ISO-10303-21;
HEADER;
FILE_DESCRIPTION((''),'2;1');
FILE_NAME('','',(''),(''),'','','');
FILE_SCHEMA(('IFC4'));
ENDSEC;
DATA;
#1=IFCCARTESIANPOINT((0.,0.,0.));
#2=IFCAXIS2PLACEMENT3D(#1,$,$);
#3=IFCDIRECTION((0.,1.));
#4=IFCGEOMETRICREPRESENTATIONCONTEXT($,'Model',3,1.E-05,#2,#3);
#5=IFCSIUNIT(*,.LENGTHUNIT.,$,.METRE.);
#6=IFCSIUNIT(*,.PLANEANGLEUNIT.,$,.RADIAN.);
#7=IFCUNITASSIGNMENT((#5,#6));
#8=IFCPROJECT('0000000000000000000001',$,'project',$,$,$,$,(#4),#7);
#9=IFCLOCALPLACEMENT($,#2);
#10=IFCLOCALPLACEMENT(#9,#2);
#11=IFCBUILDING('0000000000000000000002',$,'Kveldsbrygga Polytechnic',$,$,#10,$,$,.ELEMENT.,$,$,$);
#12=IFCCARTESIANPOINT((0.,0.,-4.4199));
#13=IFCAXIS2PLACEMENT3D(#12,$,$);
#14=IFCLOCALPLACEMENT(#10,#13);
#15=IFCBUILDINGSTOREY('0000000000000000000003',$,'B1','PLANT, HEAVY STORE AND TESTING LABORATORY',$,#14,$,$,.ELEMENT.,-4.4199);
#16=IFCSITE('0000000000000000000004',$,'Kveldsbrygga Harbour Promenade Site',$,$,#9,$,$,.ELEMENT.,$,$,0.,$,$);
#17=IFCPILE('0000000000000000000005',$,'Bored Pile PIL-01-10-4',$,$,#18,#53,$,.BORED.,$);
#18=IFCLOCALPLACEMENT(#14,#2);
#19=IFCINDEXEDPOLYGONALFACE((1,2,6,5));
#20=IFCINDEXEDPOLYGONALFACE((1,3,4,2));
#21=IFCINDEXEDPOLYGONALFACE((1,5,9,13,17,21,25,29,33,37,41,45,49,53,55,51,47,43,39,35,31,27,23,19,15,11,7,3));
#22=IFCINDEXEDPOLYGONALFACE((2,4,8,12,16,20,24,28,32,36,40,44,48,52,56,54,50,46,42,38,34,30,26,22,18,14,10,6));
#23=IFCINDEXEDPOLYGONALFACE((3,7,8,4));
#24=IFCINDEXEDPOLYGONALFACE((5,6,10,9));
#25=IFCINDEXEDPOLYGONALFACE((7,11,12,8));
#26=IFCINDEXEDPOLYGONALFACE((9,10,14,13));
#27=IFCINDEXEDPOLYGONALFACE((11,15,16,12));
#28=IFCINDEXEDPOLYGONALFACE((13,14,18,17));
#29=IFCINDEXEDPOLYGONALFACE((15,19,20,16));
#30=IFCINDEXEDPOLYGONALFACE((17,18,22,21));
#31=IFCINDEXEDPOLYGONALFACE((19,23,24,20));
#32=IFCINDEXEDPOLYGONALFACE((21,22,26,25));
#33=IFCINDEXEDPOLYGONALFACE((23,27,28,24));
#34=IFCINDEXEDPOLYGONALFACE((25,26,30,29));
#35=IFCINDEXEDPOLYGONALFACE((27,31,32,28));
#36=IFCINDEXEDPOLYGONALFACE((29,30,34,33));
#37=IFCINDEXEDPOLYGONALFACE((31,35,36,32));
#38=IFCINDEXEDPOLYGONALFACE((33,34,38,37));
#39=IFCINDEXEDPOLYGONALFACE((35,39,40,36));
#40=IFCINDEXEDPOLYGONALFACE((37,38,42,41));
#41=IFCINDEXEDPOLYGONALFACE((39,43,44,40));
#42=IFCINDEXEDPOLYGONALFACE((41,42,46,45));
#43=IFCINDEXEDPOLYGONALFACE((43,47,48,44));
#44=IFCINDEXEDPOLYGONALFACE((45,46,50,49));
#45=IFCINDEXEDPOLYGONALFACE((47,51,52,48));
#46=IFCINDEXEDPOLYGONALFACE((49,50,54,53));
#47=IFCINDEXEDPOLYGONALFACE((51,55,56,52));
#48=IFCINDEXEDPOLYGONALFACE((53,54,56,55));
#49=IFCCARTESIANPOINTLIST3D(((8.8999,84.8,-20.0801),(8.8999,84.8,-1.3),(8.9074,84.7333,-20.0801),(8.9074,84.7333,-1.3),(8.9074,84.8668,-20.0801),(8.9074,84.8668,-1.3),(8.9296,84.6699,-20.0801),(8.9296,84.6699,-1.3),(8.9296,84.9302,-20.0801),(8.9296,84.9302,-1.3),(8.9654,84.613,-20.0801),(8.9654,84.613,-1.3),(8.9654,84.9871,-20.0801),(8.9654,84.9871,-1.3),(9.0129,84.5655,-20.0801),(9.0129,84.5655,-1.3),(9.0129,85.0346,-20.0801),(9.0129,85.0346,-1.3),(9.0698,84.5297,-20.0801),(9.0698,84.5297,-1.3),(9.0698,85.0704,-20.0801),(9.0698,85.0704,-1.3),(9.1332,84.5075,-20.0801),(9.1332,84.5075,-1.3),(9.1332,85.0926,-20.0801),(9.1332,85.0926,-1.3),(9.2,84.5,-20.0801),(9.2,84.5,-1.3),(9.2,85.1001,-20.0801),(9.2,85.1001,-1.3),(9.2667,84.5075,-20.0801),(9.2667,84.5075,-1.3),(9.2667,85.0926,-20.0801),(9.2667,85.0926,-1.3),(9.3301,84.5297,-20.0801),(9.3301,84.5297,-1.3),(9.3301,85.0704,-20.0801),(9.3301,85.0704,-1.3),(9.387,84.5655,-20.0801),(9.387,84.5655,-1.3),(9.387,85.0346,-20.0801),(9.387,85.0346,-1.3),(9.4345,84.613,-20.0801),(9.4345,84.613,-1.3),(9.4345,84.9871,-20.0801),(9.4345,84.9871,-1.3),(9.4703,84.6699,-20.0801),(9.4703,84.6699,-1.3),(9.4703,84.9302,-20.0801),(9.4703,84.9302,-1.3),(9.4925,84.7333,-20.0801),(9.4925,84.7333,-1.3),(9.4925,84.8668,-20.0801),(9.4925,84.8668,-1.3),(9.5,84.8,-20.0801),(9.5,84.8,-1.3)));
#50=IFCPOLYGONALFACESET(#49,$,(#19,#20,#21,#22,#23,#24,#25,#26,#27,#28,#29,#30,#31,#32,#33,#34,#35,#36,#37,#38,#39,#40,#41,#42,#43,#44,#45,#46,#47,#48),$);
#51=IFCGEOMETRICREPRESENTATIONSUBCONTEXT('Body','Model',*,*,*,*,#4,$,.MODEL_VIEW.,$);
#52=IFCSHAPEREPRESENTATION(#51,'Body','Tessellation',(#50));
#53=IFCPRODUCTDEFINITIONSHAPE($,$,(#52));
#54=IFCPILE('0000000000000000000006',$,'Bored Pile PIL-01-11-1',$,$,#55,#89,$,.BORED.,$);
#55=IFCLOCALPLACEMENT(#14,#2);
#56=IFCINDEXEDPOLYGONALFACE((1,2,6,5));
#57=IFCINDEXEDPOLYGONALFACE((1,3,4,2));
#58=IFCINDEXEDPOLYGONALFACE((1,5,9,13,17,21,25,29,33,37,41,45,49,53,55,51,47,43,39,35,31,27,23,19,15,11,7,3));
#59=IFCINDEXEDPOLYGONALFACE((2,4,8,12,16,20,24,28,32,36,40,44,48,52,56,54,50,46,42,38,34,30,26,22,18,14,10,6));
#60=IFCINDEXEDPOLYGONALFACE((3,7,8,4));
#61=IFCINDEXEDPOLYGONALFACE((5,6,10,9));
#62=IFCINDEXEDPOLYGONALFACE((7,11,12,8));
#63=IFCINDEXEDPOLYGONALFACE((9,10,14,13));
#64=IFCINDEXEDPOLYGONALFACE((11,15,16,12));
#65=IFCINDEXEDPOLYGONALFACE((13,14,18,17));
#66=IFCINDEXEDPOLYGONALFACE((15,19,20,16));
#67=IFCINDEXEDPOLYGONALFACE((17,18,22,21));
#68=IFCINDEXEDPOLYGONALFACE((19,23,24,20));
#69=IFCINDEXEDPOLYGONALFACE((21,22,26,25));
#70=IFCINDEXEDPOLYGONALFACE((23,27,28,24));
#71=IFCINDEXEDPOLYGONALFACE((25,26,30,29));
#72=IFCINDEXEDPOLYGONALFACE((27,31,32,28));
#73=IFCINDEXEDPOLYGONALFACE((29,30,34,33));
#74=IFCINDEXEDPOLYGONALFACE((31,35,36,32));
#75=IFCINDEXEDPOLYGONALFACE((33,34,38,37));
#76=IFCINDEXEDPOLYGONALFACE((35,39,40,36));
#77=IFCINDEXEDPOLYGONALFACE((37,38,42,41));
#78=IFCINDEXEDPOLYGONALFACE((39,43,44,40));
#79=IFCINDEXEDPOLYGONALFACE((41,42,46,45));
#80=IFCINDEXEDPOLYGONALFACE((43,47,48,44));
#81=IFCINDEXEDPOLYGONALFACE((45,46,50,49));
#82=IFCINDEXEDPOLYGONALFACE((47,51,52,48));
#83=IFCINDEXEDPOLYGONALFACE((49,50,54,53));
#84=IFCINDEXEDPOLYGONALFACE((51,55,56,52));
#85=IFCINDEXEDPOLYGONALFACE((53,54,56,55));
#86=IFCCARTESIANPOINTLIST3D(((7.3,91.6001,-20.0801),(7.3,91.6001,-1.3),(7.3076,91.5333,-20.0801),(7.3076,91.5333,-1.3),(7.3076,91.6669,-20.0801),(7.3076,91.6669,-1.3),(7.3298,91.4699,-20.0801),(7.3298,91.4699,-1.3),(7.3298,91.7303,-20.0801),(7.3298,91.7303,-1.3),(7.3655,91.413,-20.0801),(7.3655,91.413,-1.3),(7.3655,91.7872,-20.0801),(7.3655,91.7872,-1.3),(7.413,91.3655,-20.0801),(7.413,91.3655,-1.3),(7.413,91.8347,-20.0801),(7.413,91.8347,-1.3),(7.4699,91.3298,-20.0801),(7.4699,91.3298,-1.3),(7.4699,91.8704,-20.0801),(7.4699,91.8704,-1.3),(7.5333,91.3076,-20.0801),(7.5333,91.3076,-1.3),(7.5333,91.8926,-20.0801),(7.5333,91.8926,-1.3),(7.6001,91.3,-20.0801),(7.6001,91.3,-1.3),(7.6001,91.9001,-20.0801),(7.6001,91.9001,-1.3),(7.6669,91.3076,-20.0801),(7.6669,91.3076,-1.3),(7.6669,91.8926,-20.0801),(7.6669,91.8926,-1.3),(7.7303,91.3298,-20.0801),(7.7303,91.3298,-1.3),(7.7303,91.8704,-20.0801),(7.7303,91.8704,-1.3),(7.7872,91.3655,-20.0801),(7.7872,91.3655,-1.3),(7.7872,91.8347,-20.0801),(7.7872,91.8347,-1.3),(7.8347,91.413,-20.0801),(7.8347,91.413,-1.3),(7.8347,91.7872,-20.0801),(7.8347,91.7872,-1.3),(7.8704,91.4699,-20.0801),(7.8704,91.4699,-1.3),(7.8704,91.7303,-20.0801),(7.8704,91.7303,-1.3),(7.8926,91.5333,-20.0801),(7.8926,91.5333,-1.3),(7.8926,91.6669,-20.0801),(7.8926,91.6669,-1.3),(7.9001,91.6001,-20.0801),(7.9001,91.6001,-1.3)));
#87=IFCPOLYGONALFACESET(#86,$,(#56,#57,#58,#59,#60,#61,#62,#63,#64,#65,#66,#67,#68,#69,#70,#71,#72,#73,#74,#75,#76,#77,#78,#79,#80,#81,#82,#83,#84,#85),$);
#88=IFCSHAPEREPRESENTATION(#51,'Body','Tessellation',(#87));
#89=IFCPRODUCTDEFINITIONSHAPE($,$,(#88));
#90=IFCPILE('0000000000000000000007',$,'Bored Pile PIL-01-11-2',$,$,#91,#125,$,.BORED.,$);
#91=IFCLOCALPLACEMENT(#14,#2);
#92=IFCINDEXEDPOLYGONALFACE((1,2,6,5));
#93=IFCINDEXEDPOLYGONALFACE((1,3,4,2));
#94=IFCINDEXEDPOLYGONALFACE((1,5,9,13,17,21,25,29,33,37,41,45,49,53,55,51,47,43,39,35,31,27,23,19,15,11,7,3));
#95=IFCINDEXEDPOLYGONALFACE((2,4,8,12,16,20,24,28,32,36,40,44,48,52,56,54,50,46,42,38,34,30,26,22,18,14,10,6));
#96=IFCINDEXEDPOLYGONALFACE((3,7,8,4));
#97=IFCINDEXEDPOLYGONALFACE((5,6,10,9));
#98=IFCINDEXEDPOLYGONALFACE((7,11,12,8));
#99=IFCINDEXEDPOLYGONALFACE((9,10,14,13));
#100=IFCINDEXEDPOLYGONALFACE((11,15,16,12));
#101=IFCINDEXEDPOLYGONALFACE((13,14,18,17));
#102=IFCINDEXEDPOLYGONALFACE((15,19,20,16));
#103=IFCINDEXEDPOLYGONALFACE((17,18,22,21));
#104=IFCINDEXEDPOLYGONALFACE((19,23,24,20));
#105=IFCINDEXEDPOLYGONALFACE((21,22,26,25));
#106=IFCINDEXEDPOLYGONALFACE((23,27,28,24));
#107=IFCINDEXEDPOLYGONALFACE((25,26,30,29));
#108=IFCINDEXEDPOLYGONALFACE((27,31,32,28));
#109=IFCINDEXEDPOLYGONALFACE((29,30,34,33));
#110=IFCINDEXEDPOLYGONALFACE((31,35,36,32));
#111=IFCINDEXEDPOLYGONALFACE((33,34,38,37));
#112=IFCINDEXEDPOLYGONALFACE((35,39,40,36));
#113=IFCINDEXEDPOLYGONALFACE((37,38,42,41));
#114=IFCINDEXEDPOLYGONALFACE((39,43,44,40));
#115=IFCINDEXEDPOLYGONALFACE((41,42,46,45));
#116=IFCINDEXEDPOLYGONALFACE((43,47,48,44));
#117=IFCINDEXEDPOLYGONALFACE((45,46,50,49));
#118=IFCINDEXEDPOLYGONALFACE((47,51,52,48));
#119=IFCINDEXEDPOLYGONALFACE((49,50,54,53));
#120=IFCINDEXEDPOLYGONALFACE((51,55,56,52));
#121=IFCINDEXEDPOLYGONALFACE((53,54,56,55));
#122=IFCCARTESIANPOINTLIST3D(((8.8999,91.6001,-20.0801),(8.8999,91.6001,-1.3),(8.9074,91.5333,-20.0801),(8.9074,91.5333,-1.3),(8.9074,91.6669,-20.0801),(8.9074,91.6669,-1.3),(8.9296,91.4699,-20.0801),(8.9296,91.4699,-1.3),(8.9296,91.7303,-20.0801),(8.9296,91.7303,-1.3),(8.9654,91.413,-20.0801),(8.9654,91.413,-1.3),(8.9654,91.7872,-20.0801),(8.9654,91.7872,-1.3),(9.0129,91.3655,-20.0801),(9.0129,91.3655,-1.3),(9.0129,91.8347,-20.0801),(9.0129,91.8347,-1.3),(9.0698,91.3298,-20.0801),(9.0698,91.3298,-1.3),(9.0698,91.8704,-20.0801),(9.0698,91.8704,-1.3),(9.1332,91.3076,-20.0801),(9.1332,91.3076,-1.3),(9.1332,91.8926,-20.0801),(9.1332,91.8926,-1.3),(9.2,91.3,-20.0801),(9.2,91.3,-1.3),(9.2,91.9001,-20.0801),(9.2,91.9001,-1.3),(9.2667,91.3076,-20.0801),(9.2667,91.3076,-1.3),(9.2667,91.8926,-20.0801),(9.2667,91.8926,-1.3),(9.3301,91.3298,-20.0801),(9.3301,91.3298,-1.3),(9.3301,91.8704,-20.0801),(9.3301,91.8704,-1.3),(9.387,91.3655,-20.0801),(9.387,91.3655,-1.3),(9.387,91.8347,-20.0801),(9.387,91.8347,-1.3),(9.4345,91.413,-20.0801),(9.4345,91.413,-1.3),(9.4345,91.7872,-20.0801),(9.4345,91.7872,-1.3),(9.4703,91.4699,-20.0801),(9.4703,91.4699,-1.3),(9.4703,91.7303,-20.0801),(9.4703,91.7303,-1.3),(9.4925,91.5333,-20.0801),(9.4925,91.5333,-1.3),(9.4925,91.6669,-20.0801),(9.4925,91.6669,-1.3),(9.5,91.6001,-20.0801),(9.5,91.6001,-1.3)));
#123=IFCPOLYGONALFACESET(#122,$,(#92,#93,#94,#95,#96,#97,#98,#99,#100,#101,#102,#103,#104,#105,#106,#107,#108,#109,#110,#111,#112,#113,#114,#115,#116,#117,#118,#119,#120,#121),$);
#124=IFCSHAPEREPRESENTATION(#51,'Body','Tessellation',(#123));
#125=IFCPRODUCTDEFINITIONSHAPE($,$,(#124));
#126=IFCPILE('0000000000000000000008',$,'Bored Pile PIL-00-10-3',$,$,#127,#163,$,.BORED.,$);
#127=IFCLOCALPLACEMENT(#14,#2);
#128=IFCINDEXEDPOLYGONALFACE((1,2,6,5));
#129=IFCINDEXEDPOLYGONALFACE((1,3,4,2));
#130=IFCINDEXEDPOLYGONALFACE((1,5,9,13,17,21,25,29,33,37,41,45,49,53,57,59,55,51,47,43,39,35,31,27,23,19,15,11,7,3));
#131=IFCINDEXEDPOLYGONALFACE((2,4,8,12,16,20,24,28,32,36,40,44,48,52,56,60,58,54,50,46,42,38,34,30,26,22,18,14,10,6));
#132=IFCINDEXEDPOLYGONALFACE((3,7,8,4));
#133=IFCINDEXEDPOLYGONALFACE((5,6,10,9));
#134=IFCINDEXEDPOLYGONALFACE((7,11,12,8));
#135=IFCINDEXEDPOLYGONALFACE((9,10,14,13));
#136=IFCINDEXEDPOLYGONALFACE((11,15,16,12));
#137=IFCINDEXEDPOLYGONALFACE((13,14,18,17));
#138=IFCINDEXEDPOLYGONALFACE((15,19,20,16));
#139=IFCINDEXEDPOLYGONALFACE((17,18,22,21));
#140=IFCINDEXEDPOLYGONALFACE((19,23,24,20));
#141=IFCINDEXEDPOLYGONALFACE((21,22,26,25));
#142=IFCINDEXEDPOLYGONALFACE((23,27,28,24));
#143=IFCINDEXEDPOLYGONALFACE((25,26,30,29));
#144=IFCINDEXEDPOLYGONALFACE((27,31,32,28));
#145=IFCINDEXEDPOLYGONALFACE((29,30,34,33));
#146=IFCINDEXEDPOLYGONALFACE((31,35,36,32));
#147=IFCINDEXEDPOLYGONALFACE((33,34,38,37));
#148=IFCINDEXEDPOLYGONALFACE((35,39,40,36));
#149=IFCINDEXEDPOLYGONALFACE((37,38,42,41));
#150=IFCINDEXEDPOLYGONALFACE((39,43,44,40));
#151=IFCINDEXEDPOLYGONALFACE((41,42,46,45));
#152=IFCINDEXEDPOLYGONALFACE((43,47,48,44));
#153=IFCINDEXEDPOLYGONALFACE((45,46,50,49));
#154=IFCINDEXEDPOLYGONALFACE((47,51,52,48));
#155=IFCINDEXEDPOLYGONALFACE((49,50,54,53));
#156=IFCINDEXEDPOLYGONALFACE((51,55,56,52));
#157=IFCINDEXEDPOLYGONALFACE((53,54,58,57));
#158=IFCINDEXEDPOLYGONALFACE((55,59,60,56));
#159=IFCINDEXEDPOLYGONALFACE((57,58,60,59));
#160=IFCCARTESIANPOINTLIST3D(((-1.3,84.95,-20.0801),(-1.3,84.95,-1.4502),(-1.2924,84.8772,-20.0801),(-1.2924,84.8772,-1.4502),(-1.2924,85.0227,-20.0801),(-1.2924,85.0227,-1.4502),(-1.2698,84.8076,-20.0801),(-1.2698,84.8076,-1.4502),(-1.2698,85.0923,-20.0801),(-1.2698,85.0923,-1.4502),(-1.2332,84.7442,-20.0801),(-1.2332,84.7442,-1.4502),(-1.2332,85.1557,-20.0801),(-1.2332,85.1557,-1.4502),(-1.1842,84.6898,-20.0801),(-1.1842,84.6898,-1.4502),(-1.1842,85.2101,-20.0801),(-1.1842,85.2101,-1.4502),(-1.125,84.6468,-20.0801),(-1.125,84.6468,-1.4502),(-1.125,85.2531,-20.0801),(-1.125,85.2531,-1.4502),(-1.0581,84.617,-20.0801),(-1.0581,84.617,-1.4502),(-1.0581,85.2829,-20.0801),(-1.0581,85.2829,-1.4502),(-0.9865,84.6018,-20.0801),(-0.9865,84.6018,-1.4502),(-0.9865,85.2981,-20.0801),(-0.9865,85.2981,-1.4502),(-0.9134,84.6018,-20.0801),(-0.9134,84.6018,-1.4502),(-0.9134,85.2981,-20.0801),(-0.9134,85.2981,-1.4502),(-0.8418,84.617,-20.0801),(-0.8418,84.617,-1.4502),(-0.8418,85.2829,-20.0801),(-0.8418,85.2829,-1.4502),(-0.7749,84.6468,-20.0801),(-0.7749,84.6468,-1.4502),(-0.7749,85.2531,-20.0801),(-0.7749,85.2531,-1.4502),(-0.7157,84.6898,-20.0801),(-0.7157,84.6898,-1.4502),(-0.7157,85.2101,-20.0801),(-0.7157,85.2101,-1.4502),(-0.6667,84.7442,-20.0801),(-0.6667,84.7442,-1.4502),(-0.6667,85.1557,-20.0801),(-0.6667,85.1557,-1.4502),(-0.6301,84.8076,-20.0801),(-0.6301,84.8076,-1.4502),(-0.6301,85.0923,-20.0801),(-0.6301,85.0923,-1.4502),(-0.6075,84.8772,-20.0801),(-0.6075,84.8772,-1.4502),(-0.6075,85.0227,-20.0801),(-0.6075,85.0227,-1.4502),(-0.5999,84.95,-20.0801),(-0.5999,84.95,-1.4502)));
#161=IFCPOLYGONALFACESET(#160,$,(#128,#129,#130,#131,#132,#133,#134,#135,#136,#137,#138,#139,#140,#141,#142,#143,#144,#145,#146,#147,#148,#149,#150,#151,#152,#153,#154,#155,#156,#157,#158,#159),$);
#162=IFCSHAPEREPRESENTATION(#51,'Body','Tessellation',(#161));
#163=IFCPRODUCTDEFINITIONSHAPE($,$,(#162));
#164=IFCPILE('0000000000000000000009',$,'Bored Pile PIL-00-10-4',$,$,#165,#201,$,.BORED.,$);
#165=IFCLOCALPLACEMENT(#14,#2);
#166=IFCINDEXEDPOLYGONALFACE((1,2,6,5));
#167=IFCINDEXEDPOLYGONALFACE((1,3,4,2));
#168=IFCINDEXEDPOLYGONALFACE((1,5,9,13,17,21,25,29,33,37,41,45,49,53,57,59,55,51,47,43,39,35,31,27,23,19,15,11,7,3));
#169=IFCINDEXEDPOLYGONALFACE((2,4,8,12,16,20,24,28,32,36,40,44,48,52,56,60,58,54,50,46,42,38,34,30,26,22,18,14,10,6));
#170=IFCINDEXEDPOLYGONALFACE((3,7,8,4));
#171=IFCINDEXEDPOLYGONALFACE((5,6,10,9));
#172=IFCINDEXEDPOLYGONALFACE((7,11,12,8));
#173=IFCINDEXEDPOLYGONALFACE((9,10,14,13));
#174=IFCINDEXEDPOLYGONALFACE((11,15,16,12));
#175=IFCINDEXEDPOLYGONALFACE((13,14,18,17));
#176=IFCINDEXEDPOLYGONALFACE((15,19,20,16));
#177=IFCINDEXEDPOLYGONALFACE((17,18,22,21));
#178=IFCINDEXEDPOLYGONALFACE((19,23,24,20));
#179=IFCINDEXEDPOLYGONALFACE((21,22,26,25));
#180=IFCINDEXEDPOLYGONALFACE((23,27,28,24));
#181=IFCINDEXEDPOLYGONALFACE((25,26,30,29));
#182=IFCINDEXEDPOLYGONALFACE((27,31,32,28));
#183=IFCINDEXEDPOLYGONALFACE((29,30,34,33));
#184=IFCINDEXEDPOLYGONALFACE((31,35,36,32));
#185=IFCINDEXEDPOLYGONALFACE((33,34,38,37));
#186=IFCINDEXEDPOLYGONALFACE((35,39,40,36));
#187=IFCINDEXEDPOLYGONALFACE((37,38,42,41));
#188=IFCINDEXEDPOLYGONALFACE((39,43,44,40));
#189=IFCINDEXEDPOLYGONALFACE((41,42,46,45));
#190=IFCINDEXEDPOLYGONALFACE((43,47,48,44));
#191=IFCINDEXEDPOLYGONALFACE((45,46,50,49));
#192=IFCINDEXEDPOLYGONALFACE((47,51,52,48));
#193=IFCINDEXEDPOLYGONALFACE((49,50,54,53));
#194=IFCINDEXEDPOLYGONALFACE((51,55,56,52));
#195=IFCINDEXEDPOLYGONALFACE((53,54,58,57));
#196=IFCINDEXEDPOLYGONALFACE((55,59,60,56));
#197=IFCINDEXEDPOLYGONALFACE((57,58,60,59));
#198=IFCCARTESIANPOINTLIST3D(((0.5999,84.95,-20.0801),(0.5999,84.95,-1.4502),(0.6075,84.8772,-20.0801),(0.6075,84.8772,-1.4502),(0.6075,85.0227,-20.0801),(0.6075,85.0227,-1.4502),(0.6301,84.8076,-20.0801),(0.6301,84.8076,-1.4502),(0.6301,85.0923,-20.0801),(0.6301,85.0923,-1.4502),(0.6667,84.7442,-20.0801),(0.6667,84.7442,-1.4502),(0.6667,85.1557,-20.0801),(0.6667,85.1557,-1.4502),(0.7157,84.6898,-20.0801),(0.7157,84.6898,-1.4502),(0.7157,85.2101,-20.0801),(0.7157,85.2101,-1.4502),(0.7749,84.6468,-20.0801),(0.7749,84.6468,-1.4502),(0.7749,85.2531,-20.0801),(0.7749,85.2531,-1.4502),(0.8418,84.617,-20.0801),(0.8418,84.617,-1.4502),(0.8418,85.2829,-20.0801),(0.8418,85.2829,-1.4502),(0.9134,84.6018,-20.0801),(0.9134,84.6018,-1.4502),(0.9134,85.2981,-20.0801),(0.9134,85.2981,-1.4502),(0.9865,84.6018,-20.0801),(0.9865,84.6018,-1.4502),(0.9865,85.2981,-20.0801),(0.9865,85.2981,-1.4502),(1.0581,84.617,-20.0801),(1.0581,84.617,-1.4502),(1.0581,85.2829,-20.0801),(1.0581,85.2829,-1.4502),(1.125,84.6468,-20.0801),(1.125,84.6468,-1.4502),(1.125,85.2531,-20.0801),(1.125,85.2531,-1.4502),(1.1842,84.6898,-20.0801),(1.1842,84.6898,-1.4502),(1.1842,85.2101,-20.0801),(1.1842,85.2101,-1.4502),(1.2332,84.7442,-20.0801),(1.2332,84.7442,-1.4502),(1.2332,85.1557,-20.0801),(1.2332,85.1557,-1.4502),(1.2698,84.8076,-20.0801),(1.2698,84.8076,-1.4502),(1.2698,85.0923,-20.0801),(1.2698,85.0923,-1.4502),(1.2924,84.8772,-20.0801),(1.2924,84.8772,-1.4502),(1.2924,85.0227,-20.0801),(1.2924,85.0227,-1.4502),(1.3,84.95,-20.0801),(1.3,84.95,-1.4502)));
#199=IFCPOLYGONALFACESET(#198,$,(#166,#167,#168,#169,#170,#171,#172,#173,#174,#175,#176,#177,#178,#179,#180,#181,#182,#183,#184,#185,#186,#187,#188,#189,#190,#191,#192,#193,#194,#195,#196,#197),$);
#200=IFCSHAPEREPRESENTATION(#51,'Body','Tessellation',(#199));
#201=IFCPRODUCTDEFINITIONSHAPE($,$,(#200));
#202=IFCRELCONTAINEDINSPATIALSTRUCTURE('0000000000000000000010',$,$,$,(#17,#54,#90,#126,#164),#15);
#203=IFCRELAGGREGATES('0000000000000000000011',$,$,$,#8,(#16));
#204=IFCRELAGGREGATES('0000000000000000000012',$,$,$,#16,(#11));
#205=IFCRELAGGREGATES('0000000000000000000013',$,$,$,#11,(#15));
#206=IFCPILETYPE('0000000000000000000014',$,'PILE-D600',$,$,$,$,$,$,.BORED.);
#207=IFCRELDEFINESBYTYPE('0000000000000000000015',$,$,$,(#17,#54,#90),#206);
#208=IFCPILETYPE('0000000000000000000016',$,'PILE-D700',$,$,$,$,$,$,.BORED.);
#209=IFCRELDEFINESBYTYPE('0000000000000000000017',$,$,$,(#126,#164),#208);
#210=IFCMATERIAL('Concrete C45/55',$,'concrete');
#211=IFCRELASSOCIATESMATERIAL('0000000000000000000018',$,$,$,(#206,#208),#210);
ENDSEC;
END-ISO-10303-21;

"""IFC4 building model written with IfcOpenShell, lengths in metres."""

from ifc_helpers import new_model, si_unit, direction, frame, origin, origin_2d, place, context, subcontext, project, spatial, circle, extrude, material, material_profile, profile_set, type_object, element, save


model = new_model("IFC4")

# Units and contexts
model_context = context("Model", 3, precision=1e-05, world=origin(), true_north=direction((0.0, 1.0)))
body_context = subcontext(model_context, "Body", "Model", "MODEL_VIEW")
ifc_project = project(units=[si_unit("LENGTHUNIT", "METRE"), si_unit("PLANEANGLEUNIT", "RADIAN")], contexts=[model_context])

# Site, building, storey
site_placement = place(None, origin())
site = spatial("IfcSite", under=ifc_project, at=site_placement, Name="Kveldsbrygga Harbour Promenade Site", CompositionType="ELEMENT", RefElevation=0.0)
building_placement = place(site_placement, origin())
building = spatial("IfcBuilding", under=site, at=building_placement, Name="Kveldsbrygga Polytechnic", CompositionType="ELEMENT")
storey_placement = place(building_placement, frame((0.0, 0.0, -4.4199)))
storey = spatial("IfcBuildingStorey", under=building, at=storey_placement, Name="B1", Description="PLANT, HEAVY STORE AND TESTING LABORATORY", CompositionType="ELEMENT", Elevation=-4.4199)

# Shared definitions
ifc_material_1 = material(Name="Concrete C45/55", Category="concrete")

# Piles
ifc_material_profile_1 = material_profile(ifc_material_1, circle(Radius=0.3, at=origin_2d()), Name="PILE D600")
ifc_profile_set_1 = profile_set([ifc_material_profile_1], Name="Concrete C45/55")
pile_type_1 = type_object("IfcPileType", Name="PILE-D600", PredefinedType="BORED", material=ifc_profile_set_1)
for number, where, z_axis, x_axis, name in (
    (1, (9.2, 84.8, -1.3), (0.0, 0.0, -1.0), (1.0, 0.0, 0.0), "Bored Pile PIL-01-10-4"),
    (2, (7.6001, 91.6001, -1.3), (0.0, 0.0, -1.0), (1.0, 0.0, 0.0), "Bored Pile PIL-01-11-1"),
    (3, (9.2, 91.6001, -1.3), (0.0, 0.0, -1.0), (1.0, 0.0, 0.0), "Bored Pile PIL-01-11-2"),
):
    element("IfcPile", number, at=place(storey_placement, frame(where, z_axis=z_axis, x_axis=x_axis)), inside=storey, type_object=pile_type_1, Name=name, PredefinedType="BORED", context=body_context, shape_type="SweptSolid", body=[
        extrude(circle(Radius=0.3, at=origin_2d()), origin(), (0.0, 0.0, 1.0), 18.78),
    ])
ifc_material_profile_2 = material_profile(ifc_material_1, circle(Radius=0.3501, at=origin_2d()), Name="PILE D700")
ifc_profile_set_2 = profile_set([ifc_material_profile_2], Name="Concrete C45/55")
pile_type_2 = type_object("IfcPileType", Name="PILE-D700", PredefinedType="BORED", material=ifc_profile_set_2)
for number, where, z_axis, x_axis, name in (
    (4, (-0.95, 84.95, -1.4502), (0.0, 0.0, -1.0), (1.0, 0.0, 0.0), "Bored Pile PIL-00-10-3"),
    (5, (0.95, 84.95, -1.4502), (0.0, 0.0, -1.0), (1.0, 0.0, 0.0), "Bored Pile PIL-00-10-4"),
):
    element("IfcPile", number, at=place(storey_placement, frame(where, z_axis=z_axis, x_axis=x_axis)), inside=storey, type_object=pile_type_2, Name=name, PredefinedType="BORED", context=body_context, shape_type="SweptSolid", body=[
        extrude(circle(Radius=0.3501, at=origin_2d()), origin(), (0.0, 0.0, 1.0), 18.6299),
    ])

save(model, "model.ifc")
